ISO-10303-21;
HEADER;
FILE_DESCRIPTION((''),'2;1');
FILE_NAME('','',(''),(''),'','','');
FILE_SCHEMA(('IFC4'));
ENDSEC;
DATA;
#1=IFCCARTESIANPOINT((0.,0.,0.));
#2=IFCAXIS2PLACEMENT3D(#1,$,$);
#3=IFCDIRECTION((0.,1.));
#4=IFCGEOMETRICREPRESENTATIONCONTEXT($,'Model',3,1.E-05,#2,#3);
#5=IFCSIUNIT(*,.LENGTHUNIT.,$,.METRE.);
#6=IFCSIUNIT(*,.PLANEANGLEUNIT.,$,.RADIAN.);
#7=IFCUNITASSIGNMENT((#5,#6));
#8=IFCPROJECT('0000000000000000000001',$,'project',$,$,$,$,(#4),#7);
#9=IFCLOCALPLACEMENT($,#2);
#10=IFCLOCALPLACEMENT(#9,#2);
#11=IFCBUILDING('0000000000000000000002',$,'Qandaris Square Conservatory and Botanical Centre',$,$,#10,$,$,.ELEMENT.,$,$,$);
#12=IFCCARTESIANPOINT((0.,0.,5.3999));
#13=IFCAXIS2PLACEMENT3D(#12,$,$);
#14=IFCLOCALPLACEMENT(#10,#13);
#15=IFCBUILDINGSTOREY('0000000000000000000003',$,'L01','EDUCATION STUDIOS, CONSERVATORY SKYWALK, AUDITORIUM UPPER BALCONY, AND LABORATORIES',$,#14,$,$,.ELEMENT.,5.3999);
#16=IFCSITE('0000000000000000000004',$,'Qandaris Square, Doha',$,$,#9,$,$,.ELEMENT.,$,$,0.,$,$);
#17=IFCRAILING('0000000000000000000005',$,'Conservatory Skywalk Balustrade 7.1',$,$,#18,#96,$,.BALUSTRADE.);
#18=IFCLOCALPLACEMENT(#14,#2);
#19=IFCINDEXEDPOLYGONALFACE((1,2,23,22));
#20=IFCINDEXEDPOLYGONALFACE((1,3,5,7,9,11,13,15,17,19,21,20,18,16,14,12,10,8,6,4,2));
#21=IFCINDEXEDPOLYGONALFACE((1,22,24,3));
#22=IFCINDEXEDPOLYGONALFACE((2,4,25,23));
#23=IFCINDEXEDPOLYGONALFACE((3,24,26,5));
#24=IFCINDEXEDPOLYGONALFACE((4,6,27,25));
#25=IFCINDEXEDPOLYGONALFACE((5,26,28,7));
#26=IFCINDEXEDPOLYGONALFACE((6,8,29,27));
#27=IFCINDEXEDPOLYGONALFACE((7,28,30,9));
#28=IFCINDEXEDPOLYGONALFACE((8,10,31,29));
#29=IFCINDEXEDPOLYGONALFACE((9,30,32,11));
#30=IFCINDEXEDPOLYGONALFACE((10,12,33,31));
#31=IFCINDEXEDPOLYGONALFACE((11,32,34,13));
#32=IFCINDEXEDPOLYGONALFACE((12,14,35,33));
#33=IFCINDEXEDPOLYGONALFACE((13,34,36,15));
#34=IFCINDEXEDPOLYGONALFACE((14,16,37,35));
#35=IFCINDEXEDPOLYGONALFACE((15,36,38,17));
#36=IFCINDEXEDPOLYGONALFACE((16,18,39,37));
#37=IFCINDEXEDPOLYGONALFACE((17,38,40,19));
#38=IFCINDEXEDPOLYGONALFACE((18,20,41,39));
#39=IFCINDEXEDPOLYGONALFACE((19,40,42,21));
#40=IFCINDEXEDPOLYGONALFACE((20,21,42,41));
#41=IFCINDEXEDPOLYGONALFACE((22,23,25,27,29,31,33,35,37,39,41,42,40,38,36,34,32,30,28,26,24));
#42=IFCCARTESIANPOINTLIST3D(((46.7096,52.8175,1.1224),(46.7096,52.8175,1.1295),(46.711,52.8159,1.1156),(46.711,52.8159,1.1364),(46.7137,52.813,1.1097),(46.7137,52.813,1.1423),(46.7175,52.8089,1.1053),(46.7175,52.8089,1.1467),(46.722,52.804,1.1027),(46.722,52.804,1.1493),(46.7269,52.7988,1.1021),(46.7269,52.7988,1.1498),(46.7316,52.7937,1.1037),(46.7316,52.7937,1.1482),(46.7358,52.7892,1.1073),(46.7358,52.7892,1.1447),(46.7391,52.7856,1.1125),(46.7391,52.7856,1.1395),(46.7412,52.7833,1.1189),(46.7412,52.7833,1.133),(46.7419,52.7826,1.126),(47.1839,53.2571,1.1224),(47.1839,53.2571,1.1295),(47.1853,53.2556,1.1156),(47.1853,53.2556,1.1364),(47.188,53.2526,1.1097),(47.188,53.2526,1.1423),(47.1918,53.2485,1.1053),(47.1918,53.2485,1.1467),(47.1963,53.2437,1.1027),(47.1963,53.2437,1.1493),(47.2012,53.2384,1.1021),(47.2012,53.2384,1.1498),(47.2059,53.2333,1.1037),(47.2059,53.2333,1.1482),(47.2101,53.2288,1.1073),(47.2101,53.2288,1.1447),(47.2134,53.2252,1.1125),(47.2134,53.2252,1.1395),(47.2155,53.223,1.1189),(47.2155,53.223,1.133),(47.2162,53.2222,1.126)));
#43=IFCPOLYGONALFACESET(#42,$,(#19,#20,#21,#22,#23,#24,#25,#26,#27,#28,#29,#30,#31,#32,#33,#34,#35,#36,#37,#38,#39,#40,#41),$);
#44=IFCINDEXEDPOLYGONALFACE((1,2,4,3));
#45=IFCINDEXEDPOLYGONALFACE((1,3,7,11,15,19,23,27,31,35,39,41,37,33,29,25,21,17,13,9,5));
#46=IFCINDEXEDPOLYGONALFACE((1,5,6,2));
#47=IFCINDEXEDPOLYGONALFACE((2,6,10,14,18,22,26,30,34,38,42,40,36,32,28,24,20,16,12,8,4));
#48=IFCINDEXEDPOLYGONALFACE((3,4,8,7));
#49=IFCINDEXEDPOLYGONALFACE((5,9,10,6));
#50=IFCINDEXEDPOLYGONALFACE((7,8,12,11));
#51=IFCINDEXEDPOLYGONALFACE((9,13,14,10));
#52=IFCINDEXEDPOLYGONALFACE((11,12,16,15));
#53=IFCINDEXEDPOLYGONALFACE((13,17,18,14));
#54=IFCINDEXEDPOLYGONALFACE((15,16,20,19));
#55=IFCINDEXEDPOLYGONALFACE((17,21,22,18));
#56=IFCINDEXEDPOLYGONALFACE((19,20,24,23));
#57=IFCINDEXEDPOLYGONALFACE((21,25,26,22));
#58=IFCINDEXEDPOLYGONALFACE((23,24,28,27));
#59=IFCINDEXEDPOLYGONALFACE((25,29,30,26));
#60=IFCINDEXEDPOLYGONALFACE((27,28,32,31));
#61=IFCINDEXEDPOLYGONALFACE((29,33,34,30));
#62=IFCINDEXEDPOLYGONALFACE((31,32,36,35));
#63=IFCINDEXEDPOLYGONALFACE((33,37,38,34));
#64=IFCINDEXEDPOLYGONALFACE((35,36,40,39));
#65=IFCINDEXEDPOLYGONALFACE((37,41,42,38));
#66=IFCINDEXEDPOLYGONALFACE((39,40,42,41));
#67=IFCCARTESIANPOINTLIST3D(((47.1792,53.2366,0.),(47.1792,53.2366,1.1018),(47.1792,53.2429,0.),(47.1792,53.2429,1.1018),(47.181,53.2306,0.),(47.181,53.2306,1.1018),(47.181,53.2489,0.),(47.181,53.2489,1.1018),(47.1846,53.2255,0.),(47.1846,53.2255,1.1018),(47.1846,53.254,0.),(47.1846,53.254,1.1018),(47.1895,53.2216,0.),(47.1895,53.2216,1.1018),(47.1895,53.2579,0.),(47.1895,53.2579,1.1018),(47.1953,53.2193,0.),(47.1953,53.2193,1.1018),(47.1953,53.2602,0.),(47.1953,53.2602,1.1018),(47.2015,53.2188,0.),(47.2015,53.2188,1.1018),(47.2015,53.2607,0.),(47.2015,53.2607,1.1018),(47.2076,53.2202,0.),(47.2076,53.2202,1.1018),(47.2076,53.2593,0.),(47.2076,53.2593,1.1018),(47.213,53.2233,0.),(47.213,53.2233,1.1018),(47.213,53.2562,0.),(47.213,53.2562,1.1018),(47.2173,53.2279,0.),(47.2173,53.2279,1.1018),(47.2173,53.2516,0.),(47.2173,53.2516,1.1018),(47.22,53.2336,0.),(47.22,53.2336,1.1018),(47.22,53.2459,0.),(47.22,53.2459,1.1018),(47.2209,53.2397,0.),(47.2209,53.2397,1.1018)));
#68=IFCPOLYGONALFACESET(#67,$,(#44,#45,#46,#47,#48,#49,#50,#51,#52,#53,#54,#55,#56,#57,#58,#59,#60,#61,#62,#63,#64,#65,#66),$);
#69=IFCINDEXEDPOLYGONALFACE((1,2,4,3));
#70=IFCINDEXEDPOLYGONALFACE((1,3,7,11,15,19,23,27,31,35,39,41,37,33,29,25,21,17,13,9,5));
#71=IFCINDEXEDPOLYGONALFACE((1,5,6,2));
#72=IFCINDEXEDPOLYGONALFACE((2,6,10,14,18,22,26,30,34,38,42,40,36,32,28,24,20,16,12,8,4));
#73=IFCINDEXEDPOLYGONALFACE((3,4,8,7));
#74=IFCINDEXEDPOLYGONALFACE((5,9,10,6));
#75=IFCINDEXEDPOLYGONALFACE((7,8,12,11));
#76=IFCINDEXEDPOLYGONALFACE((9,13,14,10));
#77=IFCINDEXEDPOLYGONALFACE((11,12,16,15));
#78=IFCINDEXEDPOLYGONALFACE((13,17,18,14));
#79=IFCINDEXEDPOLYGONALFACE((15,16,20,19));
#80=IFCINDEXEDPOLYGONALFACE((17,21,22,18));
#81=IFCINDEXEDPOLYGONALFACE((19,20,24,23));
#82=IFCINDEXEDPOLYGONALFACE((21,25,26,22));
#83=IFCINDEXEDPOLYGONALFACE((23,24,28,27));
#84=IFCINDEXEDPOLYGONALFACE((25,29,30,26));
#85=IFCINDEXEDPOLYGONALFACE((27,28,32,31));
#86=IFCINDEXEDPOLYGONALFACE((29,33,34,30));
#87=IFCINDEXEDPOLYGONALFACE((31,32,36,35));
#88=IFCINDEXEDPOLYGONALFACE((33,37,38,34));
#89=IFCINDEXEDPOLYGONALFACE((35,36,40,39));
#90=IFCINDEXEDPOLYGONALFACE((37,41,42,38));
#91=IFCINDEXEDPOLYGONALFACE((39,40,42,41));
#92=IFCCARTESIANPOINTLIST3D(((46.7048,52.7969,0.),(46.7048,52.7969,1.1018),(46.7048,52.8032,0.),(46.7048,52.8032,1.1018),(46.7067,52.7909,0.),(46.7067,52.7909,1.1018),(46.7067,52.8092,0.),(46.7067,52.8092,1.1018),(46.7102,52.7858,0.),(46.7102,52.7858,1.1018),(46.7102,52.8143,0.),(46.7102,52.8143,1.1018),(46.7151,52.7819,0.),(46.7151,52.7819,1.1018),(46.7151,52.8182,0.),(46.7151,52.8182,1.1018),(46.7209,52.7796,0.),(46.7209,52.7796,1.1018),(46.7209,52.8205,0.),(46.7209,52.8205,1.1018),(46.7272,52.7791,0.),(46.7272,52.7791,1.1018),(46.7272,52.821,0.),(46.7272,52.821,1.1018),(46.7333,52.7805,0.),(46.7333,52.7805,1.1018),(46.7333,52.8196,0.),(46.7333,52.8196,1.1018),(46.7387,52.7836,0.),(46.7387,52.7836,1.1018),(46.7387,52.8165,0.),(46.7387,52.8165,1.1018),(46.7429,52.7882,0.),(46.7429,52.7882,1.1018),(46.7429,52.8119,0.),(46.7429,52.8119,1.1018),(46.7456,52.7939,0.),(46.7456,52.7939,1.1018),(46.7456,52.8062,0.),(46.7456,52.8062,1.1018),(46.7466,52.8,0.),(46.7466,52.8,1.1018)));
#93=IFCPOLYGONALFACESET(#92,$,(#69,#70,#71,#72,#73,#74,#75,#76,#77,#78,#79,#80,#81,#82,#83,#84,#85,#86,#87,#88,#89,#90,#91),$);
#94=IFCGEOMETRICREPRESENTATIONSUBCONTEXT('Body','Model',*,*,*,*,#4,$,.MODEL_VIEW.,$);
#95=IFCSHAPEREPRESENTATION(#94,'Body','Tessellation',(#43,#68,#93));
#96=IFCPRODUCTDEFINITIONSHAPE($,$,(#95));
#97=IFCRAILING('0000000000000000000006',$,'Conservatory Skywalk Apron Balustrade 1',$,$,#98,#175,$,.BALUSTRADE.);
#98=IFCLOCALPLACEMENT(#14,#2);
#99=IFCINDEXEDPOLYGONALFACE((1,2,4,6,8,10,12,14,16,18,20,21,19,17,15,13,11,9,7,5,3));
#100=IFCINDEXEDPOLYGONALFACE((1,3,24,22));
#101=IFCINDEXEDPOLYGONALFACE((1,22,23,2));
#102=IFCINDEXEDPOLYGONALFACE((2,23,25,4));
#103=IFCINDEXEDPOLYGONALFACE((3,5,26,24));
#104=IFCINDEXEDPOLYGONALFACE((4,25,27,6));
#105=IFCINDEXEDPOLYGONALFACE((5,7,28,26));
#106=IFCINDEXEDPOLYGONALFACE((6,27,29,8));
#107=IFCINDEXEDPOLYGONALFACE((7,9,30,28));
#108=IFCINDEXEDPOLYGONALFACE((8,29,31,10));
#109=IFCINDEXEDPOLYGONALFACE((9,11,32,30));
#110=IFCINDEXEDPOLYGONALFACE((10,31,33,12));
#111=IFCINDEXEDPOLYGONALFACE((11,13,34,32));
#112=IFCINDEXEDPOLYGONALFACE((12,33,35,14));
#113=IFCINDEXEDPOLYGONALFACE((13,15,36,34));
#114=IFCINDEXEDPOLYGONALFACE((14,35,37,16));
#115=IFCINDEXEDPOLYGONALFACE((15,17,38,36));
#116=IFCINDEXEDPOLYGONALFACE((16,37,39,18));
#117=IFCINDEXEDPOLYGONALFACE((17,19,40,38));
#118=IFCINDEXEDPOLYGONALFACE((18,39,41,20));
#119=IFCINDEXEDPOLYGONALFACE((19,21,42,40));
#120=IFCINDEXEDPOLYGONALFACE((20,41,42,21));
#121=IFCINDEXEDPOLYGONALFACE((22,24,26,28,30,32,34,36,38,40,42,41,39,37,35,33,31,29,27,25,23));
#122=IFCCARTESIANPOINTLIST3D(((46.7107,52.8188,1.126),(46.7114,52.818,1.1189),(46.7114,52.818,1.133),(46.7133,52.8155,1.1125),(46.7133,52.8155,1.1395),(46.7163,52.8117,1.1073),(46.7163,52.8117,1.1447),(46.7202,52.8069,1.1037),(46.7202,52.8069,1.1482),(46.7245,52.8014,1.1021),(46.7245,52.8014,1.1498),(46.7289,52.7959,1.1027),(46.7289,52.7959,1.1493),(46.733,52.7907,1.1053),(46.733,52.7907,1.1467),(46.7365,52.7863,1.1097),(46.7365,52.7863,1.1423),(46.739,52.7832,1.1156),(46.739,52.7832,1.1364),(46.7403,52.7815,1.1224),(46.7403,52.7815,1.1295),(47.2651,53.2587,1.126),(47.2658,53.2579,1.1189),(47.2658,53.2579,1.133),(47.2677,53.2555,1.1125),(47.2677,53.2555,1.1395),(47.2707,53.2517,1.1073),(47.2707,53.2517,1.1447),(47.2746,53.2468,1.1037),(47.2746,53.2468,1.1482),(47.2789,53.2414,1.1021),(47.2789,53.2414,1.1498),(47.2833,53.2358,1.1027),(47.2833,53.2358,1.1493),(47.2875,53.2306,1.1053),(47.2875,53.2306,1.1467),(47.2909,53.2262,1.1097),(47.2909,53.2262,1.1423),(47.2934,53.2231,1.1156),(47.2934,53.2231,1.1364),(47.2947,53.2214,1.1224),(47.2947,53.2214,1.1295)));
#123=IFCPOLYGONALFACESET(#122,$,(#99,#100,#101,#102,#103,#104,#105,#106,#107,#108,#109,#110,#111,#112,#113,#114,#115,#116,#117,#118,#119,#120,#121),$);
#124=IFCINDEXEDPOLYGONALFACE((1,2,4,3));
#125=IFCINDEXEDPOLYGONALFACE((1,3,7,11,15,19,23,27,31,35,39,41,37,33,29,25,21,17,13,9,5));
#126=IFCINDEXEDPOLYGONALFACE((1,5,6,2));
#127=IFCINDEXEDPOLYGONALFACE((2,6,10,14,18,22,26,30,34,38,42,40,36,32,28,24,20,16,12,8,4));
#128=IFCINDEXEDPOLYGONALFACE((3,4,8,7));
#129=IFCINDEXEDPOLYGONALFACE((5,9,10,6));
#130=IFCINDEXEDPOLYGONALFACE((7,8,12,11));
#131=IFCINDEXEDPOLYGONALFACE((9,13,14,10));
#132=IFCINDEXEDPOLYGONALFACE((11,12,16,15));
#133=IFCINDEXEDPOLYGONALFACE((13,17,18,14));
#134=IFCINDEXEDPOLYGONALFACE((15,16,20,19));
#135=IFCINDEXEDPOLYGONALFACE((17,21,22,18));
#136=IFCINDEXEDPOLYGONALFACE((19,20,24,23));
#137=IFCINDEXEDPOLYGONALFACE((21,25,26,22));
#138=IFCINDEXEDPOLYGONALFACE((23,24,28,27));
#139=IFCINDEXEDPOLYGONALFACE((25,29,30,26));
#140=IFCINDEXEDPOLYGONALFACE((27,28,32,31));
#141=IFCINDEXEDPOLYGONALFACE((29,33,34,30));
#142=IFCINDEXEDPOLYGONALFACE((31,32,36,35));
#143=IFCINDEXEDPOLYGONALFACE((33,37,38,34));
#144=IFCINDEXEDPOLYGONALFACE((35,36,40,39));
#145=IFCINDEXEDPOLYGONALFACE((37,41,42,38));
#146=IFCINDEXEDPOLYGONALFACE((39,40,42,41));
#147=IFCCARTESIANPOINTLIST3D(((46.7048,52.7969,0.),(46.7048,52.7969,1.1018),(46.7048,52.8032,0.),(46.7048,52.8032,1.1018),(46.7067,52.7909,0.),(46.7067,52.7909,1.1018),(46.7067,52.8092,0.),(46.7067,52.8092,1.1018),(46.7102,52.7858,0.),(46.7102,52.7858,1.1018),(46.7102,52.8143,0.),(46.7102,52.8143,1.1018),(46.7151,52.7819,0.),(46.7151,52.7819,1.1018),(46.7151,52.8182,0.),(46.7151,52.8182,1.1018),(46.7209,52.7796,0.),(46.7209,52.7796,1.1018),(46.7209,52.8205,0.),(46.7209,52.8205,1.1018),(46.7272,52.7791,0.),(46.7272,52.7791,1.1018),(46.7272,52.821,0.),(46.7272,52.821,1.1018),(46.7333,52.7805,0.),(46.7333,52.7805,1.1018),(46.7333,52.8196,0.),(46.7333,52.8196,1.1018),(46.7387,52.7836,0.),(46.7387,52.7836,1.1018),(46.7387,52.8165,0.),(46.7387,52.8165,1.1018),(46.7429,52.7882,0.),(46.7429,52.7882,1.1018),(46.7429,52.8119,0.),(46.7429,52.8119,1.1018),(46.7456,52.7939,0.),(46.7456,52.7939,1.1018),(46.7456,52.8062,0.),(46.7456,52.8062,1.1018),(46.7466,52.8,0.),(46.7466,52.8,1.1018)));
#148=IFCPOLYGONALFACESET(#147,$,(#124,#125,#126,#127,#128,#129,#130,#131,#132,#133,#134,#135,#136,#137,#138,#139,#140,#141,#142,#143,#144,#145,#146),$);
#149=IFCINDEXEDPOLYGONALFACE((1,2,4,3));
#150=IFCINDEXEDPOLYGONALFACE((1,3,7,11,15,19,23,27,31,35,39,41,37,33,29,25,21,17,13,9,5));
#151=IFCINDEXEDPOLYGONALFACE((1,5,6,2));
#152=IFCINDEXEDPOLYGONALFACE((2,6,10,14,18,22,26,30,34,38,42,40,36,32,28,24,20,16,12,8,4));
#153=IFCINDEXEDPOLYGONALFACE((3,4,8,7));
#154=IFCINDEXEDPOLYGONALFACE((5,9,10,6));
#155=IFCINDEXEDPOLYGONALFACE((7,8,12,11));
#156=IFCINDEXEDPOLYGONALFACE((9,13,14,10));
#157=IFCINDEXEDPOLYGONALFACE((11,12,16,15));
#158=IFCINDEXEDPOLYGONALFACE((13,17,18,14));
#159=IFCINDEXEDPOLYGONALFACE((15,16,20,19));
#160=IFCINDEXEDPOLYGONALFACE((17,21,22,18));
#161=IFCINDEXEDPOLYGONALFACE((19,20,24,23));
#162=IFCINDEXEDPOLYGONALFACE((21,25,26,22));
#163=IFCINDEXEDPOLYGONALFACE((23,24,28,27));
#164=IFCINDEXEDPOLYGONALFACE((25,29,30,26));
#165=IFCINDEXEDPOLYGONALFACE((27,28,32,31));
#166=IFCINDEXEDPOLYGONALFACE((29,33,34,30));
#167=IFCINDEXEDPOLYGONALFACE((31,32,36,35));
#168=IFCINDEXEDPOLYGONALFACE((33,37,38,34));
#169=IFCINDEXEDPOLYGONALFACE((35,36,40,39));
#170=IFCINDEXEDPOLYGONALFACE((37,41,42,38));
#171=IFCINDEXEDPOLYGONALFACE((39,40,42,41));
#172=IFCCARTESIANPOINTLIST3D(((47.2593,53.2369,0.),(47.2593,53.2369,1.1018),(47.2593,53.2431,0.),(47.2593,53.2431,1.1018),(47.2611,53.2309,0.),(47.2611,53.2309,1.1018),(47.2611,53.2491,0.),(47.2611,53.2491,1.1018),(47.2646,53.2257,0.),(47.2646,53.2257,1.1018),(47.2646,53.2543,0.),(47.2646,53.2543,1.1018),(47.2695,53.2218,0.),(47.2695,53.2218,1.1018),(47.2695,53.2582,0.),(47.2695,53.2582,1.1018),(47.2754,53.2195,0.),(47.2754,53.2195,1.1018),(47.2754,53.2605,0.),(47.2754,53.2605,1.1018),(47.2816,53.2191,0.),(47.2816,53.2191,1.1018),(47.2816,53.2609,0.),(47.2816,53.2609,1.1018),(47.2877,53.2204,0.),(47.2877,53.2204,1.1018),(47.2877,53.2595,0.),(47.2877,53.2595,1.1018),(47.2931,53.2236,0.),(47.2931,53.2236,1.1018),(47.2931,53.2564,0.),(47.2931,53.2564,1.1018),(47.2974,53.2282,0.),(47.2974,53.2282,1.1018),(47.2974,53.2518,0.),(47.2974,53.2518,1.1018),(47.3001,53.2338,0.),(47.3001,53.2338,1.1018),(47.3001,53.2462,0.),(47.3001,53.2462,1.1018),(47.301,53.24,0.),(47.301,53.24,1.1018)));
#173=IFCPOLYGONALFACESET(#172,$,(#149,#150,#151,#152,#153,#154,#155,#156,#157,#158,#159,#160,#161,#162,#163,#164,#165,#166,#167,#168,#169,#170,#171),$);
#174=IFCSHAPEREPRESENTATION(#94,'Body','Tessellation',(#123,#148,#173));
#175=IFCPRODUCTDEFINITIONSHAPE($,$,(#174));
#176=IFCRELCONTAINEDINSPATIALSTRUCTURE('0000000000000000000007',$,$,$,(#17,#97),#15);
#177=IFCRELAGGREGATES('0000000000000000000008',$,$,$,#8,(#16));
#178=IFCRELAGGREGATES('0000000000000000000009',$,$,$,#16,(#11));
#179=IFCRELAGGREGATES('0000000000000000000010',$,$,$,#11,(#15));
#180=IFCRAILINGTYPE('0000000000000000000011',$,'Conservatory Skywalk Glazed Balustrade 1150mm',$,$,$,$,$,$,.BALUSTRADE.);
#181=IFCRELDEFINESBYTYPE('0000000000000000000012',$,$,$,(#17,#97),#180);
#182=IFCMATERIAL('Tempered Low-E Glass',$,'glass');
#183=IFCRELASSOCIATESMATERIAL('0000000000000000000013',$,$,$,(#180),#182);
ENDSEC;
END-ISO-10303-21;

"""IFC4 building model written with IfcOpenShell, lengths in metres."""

from ifc_helpers import new_model, si_unit, direction, frame, origin, origin_2d, place, context, subcontext, project, spatial, circle, extrude, material, type_object, element, save


model = new_model("IFC4")

# Units and contexts
model_context = context("Model", 3, precision=1e-05, world=origin(), true_north=direction((0.0, 1.0)))
body_context = subcontext(model_context, "Body", "Model", "MODEL_VIEW")
ifc_project = project(units=[si_unit("LENGTHUNIT", "METRE"), si_unit("PLANEANGLEUNIT", "RADIAN")], contexts=[model_context])

# Site, building, storey
site_placement = place(None, origin())
site = spatial("IfcSite", under=ifc_project, at=site_placement, Name="Qandaris Square, Doha", CompositionType="ELEMENT", RefElevation=0.0)
building_placement = place(site_placement, origin())
building = spatial("IfcBuilding", under=site, at=building_placement, Name="Qandaris Square Conservatory and Botanical Centre", CompositionType="ELEMENT")
storey_placement = place(building_placement, frame((0.0, 0.0, 5.3999)))
storey = spatial("IfcBuildingStorey", under=building, at=storey_placement, Name="L01", Description="EDUCATION STUDIOS, CONSERVATORY SKYWALK, AUDITORIUM UPPER BALCONY, AND LABORATORIES", CompositionType="ELEMENT", Elevation=5.3999)

# Shared definitions
ifc_material_1 = material(Name="Tempered Low-E Glass", Category="glass")

# Railings
railing_type_1 = type_object("IfcRailingType", Name="Conservatory Skywalk Glazed Balustrade 1150mm", PredefinedType="BALUSTRADE", material=ifc_material_1)
railing_1_placement = place(storey_placement, frame((47.2, 53.2397, 0.0)))
element("IfcRailing", 1, at=railing_1_placement, inside=storey, type_object=railing_type_1, Name="Conservatory Skywalk Balustrade 7.1", PredefinedType="BALUSTRADE", context=body_context, shape_type="SweptSolid", body=[
    extrude(circle(Radius=0.0239, at=origin_2d()), frame((0.0, 0.0, 1.126), z_axis=(-0.733398, -0.679799, 0.0), x_axis=(0.679799, -0.733398, 0.0)), (0.0, 0.0, 1.0), 0.6467),
    extrude(circle(Radius=0.021, at=origin_2d()), origin(), (0.0, 0.0, 1.0), 1.1018),
    extrude(circle(Radius=0.021, at=origin_2d()), frame((-0.4744, -0.4397, 0.0)), (0.0, 0.0, 1.0), 1.1018),
])
railing_2_placement = place(storey_placement, frame((46.7256, 52.8, 0.0)))
element("IfcRailing", 2, at=railing_2_placement, inside=storey, type_object=railing_type_1, Name="Conservatory Skywalk Apron Balustrade 1", PredefinedType="BALUSTRADE", context=body_context, shape_type="SweptSolid", body=[
    extrude(circle(Radius=0.0239, at=origin_2d()), frame((0.0, 0.0, 1.126), z_axis=(0.783353, 0.621577, 0.0), x_axis=(-0.621577, 0.783353, 0.0)), (0.0, 0.0, 1.0), 0.7078),
    extrude(circle(Radius=0.021, at=origin_2d()), origin(), (0.0, 0.0, 1.0), 1.1018),
    extrude(circle(Radius=0.021, at=origin_2d()), frame((0.5544, 0.4399, 0.0)), (0.0, 0.0, 1.0), 1.1018),
])

save(model, "model.ifc")
